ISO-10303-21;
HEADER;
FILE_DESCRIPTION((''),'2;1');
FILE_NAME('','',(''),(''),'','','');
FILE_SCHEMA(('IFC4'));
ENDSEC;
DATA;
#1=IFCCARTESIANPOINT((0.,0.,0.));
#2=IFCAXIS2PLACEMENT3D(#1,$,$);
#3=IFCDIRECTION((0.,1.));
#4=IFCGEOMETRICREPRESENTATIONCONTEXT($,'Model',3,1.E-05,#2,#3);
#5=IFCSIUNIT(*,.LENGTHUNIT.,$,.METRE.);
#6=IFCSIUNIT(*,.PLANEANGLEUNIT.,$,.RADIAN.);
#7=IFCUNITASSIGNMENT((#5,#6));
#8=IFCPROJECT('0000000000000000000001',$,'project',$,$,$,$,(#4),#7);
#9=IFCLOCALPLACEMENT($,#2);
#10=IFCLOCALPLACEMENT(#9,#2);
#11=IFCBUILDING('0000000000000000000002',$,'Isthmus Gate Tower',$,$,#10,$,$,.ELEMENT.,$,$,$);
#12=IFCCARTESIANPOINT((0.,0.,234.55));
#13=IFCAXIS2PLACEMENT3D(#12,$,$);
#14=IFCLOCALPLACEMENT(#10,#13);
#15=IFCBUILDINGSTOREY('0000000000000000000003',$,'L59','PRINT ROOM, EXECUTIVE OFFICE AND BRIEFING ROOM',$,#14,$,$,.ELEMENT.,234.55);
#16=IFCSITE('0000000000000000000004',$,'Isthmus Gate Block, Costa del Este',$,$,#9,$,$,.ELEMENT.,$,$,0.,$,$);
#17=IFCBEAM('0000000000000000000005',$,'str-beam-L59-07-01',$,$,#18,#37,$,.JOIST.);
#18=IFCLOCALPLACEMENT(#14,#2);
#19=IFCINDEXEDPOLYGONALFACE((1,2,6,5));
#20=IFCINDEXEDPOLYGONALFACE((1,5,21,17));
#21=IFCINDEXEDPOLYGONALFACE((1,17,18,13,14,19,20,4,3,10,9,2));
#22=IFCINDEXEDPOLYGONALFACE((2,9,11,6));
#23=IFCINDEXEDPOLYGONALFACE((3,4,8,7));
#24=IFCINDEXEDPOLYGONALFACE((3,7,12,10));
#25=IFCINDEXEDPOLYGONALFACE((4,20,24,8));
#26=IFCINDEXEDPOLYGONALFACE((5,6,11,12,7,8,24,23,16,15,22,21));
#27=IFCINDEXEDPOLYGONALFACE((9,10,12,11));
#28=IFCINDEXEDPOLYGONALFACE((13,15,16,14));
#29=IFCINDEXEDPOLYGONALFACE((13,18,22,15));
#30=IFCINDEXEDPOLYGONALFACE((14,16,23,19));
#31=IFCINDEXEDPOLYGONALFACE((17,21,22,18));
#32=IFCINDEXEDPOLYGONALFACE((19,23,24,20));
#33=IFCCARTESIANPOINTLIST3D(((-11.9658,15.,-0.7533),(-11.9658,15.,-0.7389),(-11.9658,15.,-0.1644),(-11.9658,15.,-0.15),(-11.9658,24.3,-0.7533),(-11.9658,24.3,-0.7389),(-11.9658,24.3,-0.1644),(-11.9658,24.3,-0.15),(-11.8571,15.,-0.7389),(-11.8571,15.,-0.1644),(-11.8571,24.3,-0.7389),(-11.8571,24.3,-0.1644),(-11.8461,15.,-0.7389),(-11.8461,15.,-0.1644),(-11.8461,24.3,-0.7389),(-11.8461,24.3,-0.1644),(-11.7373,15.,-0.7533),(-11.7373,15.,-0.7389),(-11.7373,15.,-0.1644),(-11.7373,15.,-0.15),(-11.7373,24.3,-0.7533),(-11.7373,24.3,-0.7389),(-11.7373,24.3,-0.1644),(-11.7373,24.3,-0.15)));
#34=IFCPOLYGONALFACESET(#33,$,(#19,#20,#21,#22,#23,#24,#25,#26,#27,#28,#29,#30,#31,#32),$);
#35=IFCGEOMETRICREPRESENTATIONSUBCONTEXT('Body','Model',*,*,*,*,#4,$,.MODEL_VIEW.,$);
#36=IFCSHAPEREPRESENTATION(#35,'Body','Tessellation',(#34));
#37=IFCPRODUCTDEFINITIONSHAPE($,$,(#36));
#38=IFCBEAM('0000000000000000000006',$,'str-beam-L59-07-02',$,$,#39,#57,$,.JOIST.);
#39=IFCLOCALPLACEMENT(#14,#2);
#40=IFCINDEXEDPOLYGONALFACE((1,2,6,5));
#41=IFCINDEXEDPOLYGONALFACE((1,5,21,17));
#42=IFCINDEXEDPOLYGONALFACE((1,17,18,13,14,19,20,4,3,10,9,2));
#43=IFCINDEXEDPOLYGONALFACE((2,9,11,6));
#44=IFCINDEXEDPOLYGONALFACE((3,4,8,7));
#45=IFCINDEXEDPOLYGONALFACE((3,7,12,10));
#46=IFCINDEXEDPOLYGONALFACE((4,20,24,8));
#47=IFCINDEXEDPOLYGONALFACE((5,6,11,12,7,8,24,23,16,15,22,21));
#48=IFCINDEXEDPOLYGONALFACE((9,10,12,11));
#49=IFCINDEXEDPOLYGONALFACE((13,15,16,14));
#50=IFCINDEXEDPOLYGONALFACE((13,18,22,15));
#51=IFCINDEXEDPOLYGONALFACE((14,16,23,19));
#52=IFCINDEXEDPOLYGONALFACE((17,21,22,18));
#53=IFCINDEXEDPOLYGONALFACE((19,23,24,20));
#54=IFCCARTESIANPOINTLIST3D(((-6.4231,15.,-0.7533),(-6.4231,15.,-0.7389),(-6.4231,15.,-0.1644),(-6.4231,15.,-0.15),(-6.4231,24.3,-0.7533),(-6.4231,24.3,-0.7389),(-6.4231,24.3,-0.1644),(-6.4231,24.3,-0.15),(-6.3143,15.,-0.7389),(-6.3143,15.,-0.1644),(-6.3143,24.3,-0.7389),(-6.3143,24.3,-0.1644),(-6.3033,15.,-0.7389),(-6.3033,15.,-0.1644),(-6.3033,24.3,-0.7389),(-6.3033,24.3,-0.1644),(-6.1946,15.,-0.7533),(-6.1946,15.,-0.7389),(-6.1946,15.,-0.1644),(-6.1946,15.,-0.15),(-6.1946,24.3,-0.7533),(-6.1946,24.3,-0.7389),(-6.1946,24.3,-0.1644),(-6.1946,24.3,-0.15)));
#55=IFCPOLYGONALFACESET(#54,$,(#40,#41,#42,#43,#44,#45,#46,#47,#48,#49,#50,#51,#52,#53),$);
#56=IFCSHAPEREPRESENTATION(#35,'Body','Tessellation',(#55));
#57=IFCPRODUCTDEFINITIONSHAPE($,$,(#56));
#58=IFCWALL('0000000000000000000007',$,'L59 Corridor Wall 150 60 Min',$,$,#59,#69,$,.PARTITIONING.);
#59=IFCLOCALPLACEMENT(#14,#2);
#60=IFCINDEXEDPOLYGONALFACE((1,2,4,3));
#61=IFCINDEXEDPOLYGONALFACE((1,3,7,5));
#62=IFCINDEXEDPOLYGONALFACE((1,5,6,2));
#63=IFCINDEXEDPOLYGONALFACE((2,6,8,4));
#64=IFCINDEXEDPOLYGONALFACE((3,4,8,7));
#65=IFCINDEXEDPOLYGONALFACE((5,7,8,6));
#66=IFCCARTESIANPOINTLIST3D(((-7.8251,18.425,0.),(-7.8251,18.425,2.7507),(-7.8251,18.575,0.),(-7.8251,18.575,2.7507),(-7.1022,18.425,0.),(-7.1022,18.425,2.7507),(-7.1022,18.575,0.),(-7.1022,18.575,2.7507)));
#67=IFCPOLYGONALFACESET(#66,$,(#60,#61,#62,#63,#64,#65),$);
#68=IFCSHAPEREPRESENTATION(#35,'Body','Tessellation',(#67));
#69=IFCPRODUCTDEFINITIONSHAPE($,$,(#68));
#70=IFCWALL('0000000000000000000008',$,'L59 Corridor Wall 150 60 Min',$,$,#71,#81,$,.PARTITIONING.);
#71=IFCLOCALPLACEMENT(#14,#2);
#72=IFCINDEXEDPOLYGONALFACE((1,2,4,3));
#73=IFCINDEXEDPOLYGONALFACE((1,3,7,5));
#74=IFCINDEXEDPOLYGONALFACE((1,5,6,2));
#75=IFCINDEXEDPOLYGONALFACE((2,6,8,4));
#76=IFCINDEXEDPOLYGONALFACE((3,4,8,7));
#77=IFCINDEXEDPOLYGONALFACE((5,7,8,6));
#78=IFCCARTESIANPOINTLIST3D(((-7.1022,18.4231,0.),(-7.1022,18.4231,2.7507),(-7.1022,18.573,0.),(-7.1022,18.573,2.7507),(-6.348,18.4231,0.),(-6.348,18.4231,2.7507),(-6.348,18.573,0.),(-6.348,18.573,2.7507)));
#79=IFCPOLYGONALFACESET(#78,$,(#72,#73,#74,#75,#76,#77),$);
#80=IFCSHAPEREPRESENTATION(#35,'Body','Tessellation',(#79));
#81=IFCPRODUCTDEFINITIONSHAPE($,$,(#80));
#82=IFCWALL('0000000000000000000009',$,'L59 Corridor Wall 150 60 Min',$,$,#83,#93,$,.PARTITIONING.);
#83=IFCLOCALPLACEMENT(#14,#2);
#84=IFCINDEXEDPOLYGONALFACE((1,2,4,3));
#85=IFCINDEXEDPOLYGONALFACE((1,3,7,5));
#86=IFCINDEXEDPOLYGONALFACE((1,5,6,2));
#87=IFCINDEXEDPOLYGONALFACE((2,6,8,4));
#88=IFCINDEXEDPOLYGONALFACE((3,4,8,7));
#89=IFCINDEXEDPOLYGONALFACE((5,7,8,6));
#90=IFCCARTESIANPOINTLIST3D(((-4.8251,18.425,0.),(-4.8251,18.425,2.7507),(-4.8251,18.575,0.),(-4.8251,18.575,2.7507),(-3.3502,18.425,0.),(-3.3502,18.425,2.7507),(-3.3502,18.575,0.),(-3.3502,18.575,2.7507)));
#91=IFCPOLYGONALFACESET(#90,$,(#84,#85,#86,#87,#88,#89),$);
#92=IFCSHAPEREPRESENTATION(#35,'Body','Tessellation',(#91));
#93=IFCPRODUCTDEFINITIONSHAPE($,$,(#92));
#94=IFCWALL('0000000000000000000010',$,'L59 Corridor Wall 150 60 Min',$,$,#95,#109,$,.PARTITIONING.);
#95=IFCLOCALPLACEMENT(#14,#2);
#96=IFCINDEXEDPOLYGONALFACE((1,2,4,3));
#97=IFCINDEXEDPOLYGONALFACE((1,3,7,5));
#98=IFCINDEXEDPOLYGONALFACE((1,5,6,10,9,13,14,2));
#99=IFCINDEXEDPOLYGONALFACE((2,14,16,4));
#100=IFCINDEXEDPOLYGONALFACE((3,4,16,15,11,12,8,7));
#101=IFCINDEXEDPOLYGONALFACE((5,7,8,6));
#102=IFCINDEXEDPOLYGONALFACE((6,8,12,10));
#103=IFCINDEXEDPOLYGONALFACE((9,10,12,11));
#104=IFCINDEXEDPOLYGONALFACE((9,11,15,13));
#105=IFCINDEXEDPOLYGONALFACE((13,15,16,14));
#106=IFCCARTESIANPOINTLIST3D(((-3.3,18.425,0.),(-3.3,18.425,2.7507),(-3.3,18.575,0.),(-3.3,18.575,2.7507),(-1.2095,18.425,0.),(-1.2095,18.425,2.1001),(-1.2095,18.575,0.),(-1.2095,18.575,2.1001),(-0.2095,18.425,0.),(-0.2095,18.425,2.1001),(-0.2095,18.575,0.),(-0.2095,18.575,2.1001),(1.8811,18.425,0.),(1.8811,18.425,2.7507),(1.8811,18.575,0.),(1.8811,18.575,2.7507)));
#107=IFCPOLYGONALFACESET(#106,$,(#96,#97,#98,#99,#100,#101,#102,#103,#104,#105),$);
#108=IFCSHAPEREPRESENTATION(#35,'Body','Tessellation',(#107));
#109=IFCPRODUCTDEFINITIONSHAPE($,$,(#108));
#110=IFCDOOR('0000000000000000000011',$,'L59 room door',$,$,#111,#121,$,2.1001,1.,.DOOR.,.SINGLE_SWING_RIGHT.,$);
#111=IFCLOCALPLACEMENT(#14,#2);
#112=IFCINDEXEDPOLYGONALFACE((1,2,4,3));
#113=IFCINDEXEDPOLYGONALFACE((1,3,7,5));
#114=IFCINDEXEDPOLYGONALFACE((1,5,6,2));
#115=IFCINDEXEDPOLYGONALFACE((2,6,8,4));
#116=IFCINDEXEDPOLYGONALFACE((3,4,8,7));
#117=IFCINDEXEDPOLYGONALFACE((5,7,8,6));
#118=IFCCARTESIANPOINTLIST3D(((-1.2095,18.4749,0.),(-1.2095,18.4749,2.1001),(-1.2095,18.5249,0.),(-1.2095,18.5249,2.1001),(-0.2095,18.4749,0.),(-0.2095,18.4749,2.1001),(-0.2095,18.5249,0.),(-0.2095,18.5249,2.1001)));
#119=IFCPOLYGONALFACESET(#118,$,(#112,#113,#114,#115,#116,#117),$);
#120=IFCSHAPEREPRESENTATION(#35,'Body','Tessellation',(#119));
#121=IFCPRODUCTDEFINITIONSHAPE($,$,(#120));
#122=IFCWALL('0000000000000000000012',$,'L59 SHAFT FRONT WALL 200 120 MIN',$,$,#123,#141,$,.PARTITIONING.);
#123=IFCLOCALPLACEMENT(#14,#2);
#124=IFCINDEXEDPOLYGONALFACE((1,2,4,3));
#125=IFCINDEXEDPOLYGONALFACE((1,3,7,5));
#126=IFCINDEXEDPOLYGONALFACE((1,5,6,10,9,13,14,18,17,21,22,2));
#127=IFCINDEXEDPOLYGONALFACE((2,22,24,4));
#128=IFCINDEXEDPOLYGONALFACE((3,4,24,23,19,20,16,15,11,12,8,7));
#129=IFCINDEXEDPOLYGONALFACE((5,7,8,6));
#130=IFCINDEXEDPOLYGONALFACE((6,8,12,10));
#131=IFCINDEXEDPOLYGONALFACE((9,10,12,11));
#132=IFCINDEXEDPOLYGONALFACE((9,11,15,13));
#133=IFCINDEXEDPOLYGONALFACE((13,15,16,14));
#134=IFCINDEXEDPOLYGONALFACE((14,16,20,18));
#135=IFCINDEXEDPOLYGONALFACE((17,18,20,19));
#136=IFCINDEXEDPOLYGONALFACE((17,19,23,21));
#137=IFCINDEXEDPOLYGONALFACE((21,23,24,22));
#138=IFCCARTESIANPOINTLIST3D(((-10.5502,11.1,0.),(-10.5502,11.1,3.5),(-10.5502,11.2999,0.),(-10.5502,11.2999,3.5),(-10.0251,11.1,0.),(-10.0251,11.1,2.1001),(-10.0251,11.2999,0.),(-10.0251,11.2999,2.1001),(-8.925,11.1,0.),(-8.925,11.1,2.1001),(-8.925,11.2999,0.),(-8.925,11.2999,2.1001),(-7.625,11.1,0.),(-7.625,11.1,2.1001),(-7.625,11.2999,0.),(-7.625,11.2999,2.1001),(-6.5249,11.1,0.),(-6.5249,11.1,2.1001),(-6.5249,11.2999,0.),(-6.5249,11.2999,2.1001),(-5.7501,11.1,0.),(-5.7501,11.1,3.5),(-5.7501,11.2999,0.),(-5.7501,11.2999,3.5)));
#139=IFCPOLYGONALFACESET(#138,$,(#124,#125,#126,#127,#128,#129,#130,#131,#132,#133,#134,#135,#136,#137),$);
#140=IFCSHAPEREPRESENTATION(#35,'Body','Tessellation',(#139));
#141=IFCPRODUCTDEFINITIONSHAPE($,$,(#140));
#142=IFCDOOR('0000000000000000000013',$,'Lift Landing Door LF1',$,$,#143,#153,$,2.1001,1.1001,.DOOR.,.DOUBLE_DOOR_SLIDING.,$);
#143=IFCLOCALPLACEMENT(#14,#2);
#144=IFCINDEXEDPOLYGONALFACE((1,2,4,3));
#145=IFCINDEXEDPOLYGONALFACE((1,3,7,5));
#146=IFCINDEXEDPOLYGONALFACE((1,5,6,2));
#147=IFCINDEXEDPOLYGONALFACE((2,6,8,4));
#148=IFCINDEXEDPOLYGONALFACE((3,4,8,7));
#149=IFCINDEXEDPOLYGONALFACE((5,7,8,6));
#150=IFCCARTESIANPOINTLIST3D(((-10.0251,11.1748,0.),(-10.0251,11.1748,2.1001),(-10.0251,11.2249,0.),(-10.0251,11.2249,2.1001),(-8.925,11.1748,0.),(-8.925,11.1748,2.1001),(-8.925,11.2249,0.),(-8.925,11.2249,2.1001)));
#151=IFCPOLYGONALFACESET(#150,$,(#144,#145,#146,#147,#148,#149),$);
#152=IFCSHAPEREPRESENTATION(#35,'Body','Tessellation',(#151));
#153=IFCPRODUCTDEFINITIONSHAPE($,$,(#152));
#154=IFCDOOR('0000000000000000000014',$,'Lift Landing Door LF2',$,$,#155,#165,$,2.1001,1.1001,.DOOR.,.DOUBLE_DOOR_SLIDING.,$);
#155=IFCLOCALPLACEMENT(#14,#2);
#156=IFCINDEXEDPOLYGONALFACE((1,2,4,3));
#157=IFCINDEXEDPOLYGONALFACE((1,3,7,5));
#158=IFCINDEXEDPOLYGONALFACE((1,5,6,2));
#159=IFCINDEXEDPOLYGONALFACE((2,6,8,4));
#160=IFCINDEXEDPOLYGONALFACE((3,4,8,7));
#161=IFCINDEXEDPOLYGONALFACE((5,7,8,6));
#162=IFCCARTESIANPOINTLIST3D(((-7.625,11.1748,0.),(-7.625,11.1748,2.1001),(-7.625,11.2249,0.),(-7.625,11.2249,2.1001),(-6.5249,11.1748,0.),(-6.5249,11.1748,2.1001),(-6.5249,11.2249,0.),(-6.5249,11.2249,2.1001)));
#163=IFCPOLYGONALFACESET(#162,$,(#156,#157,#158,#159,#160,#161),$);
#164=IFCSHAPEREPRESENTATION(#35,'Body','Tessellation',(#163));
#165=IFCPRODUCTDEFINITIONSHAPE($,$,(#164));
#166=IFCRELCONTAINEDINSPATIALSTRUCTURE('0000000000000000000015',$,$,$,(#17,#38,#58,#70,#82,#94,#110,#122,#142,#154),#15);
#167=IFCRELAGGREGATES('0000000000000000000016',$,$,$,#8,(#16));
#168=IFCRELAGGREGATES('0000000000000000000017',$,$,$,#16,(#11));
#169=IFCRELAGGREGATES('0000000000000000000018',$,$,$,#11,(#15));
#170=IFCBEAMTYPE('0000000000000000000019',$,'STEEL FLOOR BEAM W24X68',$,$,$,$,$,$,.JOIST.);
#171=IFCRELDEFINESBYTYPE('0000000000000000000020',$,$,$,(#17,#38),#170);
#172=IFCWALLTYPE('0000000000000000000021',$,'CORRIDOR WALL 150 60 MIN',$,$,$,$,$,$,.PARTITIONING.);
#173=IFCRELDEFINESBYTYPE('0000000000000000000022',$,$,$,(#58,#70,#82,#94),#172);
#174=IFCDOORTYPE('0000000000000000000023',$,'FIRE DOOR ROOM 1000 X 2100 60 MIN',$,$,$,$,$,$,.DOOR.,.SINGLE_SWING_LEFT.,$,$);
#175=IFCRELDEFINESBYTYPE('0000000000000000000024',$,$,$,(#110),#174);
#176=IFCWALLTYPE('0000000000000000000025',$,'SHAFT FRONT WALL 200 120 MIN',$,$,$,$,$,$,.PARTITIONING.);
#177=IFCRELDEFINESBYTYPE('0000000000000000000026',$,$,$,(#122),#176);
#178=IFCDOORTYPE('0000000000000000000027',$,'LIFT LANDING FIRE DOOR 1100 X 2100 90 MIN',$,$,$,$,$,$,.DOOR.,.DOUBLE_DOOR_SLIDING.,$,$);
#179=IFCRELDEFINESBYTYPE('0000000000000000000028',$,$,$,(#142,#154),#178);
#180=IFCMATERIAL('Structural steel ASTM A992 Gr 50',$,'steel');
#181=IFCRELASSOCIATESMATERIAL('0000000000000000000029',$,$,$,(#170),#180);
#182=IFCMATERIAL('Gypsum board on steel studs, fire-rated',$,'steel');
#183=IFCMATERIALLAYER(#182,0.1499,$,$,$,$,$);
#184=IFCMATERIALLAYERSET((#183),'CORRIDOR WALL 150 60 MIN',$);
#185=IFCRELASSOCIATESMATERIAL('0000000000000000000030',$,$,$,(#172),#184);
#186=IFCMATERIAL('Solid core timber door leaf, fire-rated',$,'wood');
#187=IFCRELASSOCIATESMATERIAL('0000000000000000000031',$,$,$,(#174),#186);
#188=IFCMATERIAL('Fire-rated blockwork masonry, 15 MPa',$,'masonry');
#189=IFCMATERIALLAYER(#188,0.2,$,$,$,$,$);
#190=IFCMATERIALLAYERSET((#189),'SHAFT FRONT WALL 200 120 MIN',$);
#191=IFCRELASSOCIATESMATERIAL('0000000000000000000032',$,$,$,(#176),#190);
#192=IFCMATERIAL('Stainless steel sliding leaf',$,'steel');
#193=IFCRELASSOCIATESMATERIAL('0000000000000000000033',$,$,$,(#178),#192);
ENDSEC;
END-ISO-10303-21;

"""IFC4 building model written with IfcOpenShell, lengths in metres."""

from ifc_helpers import new_model, si_unit, direction, frame, frame_2d, origin, origin_2d, place, context, subcontext, project, spatial, rectangle, i_section, extrude, material, layer, layer_set, material_profile, profile_set, type_object, element, fill, save


model = new_model("IFC4")

# Units and contexts
model_context = context("Model", 3, precision=1e-05, world=origin(), true_north=direction((0.0, 1.0)))
body_context = subcontext(model_context, "Body", "Model", "MODEL_VIEW")
ifc_project = project(units=[si_unit("LENGTHUNIT", "METRE"), si_unit("PLANEANGLEUNIT", "RADIAN")], contexts=[model_context])

# Site, building, storey
site_placement = place(None, origin())
site = spatial("IfcSite", under=ifc_project, at=site_placement, Name="Isthmus Gate Block, Costa del Este", CompositionType="ELEMENT", RefElevation=0.0)
building_placement = place(site_placement, origin())
building = spatial("IfcBuilding", under=site, at=building_placement, Name="Isthmus Gate Tower", CompositionType="ELEMENT")
storey_placement = place(building_placement, frame((0.0, 0.0, 234.55)))
storey = spatial("IfcBuildingStorey", under=building, at=storey_placement, Name="L59", Description="PRINT ROOM, EXECUTIVE OFFICE AND BRIEFING ROOM", CompositionType="ELEMENT", Elevation=234.55)

# Beams
ifc_material_1 = material(Name="Structural steel ASTM A992 Gr 50", Category="steel")
ifc_material_profile = material_profile(ifc_material_1, i_section(OverallWidth=0.2285, OverallDepth=0.6033, WebThickness=0.011, FlangeThickness=0.0144, at=origin_2d()), Name="W24X68")
ifc_profile_set = profile_set([ifc_material_profile], Name="Structural steel ASTM A992 Gr 50")
beam_type = type_object("IfcBeamType", Name="STEEL FLOOR BEAM W24X68", PredefinedType="JOIST", material=ifc_profile_set)
for number, where, z_axis, x_axis, name in (
    (1, (-11.8516, 15.0, -0.4517), (0.0, 1.0, 0.0), (-1.0, 0.0, 0.0), "str-beam-L59-07-01"),
    (2, (-6.3088, 15.0, -0.4517), (0.0, 1.0, 0.0), (-1.0, 0.0, 0.0), "str-beam-L59-07-02"),
):
    element("IfcBeam", number, at=place(storey_placement, frame(where, z_axis=z_axis, x_axis=x_axis)), inside=storey, type_object=beam_type, Name=name, PredefinedType="JOIST", context=body_context, shape_type="SweptSolid", body=[
        extrude(i_section(OverallWidth=0.2285, OverallDepth=0.6033, WebThickness=0.011, FlangeThickness=0.0144, at=origin_2d()), origin(), (0.0, 0.0, 1.0), 9.3),
    ])

# Walls
ifc_material_2 = material(Name="Gypsum board on steel studs, fire-rated", Category="steel")
ifc_layer_1 = layer(ifc_material_2, 0.1499)
ifc_layer_set_1 = layer_set([ifc_layer_1], Name="CORRIDOR WALL 150 60 MIN")
wall_type_1 = type_object("IfcWallType", Name="CORRIDOR WALL 150 60 MIN", PredefinedType="PARTITIONING", material=ifc_layer_set_1)
wall_1_placement = place(storey_placement, frame((-7.825, 18.5, 0.0), z_axis=(0.0, 0.0, 1.0), x_axis=(1.0, 0.0, 0.0)))
element("IfcWall", 3, at=wall_1_placement, inside=storey, type_object=wall_type_1, Name="L59 Corridor Wall 150 60 Min", PredefinedType="PARTITIONING", context=body_context, shape_type="SweptSolid", body=[
    extrude(rectangle(XDim=0.7229, YDim=0.1499, at=frame_2d((0.3613, 0.0))), origin(), (0.0, 0.0, 1.0), 2.7507),
])
wall_2_placement = place(storey_placement, frame((-7.1021, 18.498, 0.0), z_axis=(0.0, 0.0, 1.0), x_axis=(1.0, 0.0, 0.0)))
element("IfcWall", 4, at=wall_2_placement, inside=storey, type_object=wall_type_1, Name="L59 Corridor Wall 150 60 Min", PredefinedType="PARTITIONING", context=body_context, shape_type="SweptSolid", body=[
    extrude(rectangle(XDim=0.7542, YDim=0.1499, at=frame_2d((0.377, 0.0))), origin(), (0.0, 0.0, 1.0), 2.7507),
])
wall_3_placement = place(storey_placement, frame((-4.825, 18.5, 0.0), z_axis=(0.0, 0.0, 1.0), x_axis=(1.0, 0.0, 0.0)))
element("IfcWall", 5, at=wall_3_placement, inside=storey, type_object=wall_type_1, Name="L59 Corridor Wall 150 60 Min", PredefinedType="PARTITIONING", context=body_context, shape_type="SweptSolid", body=[
    extrude(rectangle(XDim=1.4749, YDim=0.1499, at=frame_2d((0.7373, 0.0))), origin(), (0.0, 0.0, 1.0), 2.7507),
])

# Wall, opening, door
wall_4_placement = place(storey_placement, frame((-3.3, 18.5, 0.0), z_axis=(0.0, 0.0, 1.0), x_axis=(1.0, 0.0, 0.0)))
wall_4 = element("IfcWall", 6, at=wall_4_placement, inside=storey, type_object=wall_type_1, Name="L59 Corridor Wall 150 60 Min", PredefinedType="PARTITIONING", context=body_context, shape_type="SweptSolid", body=[
    extrude(rectangle(XDim=5.1812, YDim=0.1499, at=frame_2d((2.5906, 0.0))), origin(), (0.0, 0.0, 1.0), 2.7507),
])
opening_1_placement = place(wall_4_placement, frame((2.0906, 0.0, 0.0)))
opening_1 = element("IfcOpeningElement", 7, at=opening_1_placement, cuts=wall_4, PredefinedType="OPENING", context=body_context, shape_type="SweptSolid", body=[
    extrude(rectangle(XDim=1.0, YDim=2.1001, at=frame_2d((0.5, 1.05))), frame((0.0, 0.085, 0.0), z_axis=(0.0, -1.0, 0.0), x_axis=(1.0, 0.0, 0.0)), (0.0, 0.0, 1.0), 0.1699),
])
ifc_material_3 = material(Name="Solid core timber door leaf, fire-rated", Category="wood")
door_type_1 = type_object("IfcDoorType", Name="FIRE DOOR ROOM 1000 X 2100 60 MIN", OperationType="SINGLE_SWING_LEFT", PredefinedType="DOOR", material=ifc_material_3)
door_1_placement = place(opening_1_placement, origin())
door_1 = element("IfcDoor", 8, at=door_1_placement, inside=storey, type_object=door_type_1, Name="L59 room door", OperationType="SINGLE_SWING_RIGHT", OverallHeight=2.1001, OverallWidth=1.0, PredefinedType="DOOR", context=body_context, shape_type="SweptSolid", body=[
    extrude(rectangle(XDim=1.0, YDim=2.1001, at=frame_2d((0.5, 1.05))), frame((0.0, 0.0249, 0.0), z_axis=(0.0, -1.0, 0.0), x_axis=(1.0, 0.0, 0.0)), (0.0, 0.0, 1.0), 0.05),
])
fill(opening_1, door_1)

# Wall, openings, doors
ifc_material_4 = material(Name="Fire-rated blockwork masonry, 15 MPa", Category="masonry")
ifc_layer_2 = layer(ifc_material_4, 0.2)
ifc_layer_set_2 = layer_set([ifc_layer_2], Name="SHAFT FRONT WALL 200 120 MIN")
wall_type_2 = type_object("IfcWallType", Name="SHAFT FRONT WALL 200 120 MIN", PredefinedType="PARTITIONING", material=ifc_layer_set_2)
wall_5_placement = place(storey_placement, frame((-10.55, 11.2, 0.0), z_axis=(0.0, 0.0, 1.0), x_axis=(1.0, 0.0, 0.0)))
wall_5 = element("IfcWall", 9, at=wall_5_placement, inside=storey, type_object=wall_type_2, Name="L59 SHAFT FRONT WALL 200 120 MIN", PredefinedType="PARTITIONING", context=body_context, shape_type="SweptSolid", body=[
    extrude(rectangle(XDim=4.8, YDim=0.2, at=frame_2d((2.3999, 0.0))), origin(), (0.0, 0.0, 1.0), 3.5),
])
opening_2_placement = place(wall_5_placement, frame((0.5249, 0.0, 0.0)))
opening_2 = element("IfcOpeningElement", 10, at=opening_2_placement, cuts=wall_5, PredefinedType="OPENING", context=body_context, shape_type="SweptSolid", body=[
    extrude(rectangle(XDim=1.1001, YDim=2.1001, at=frame_2d((0.55, 1.05))), frame((0.0, 0.1099, 0.0), z_axis=(0.0, -1.0, 0.0), x_axis=(1.0, 0.0, 0.0)), (0.0, 0.0, 1.0), 0.22),
])
opening_3_placement = place(wall_5_placement, frame((2.925, 0.0, 0.0)))
opening_3 = element("IfcOpeningElement", 11, at=opening_3_placement, cuts=wall_5, PredefinedType="OPENING", context=body_context, shape_type="SweptSolid", body=[
    extrude(rectangle(XDim=1.1001, YDim=2.1001, at=frame_2d((0.55, 1.05))), frame((0.0, 0.1099, 0.0), z_axis=(0.0, -1.0, 0.0), x_axis=(1.0, 0.0, 0.0)), (0.0, 0.0, 1.0), 0.22),
])
ifc_material_5 = material(Name="Stainless steel sliding leaf", Category="steel")
door_type_2 = type_object("IfcDoorType", Name="LIFT LANDING FIRE DOOR 1100 X 2100 90 MIN", OperationType="DOUBLE_DOOR_SLIDING", PredefinedType="DOOR", material=ifc_material_5)
door_2_placement = place(opening_2_placement, origin())
door_2 = element("IfcDoor", 12, at=door_2_placement, inside=storey, type_object=door_type_2, Name="Lift Landing Door LF1", OperationType="DOUBLE_DOOR_SLIDING", OverallHeight=2.1001, OverallWidth=1.1001, PredefinedType="DOOR", context=body_context, shape_type="SweptSolid", body=[
    extrude(rectangle(XDim=1.1001, YDim=2.1001, at=frame_2d((0.55, 1.05))), frame((0.0, 0.0249, 0.0), z_axis=(0.0, -1.0, 0.0), x_axis=(1.0, 0.0, 0.0)), (0.0, 0.0, 1.0), 0.05),
])
fill(opening_2, door_2)
door_3_placement = place(opening_3_placement, origin())
door_3 = element("IfcDoor", 13, at=door_3_placement, inside=storey, type_object=door_type_2, Name="Lift Landing Door LF2", OperationType="DOUBLE_DOOR_SLIDING", OverallHeight=2.1001, OverallWidth=1.1001, PredefinedType="DOOR", context=body_context, shape_type="SweptSolid", body=[
    extrude(rectangle(XDim=1.1001, YDim=2.1001, at=frame_2d((0.55, 1.05))), frame((0.0, 0.0249, 0.0), z_axis=(0.0, -1.0, 0.0), x_axis=(1.0, 0.0, 0.0)), (0.0, 0.0, 1.0), 0.05),
])
fill(opening_3, door_3)

save(model, "model.ifc")
